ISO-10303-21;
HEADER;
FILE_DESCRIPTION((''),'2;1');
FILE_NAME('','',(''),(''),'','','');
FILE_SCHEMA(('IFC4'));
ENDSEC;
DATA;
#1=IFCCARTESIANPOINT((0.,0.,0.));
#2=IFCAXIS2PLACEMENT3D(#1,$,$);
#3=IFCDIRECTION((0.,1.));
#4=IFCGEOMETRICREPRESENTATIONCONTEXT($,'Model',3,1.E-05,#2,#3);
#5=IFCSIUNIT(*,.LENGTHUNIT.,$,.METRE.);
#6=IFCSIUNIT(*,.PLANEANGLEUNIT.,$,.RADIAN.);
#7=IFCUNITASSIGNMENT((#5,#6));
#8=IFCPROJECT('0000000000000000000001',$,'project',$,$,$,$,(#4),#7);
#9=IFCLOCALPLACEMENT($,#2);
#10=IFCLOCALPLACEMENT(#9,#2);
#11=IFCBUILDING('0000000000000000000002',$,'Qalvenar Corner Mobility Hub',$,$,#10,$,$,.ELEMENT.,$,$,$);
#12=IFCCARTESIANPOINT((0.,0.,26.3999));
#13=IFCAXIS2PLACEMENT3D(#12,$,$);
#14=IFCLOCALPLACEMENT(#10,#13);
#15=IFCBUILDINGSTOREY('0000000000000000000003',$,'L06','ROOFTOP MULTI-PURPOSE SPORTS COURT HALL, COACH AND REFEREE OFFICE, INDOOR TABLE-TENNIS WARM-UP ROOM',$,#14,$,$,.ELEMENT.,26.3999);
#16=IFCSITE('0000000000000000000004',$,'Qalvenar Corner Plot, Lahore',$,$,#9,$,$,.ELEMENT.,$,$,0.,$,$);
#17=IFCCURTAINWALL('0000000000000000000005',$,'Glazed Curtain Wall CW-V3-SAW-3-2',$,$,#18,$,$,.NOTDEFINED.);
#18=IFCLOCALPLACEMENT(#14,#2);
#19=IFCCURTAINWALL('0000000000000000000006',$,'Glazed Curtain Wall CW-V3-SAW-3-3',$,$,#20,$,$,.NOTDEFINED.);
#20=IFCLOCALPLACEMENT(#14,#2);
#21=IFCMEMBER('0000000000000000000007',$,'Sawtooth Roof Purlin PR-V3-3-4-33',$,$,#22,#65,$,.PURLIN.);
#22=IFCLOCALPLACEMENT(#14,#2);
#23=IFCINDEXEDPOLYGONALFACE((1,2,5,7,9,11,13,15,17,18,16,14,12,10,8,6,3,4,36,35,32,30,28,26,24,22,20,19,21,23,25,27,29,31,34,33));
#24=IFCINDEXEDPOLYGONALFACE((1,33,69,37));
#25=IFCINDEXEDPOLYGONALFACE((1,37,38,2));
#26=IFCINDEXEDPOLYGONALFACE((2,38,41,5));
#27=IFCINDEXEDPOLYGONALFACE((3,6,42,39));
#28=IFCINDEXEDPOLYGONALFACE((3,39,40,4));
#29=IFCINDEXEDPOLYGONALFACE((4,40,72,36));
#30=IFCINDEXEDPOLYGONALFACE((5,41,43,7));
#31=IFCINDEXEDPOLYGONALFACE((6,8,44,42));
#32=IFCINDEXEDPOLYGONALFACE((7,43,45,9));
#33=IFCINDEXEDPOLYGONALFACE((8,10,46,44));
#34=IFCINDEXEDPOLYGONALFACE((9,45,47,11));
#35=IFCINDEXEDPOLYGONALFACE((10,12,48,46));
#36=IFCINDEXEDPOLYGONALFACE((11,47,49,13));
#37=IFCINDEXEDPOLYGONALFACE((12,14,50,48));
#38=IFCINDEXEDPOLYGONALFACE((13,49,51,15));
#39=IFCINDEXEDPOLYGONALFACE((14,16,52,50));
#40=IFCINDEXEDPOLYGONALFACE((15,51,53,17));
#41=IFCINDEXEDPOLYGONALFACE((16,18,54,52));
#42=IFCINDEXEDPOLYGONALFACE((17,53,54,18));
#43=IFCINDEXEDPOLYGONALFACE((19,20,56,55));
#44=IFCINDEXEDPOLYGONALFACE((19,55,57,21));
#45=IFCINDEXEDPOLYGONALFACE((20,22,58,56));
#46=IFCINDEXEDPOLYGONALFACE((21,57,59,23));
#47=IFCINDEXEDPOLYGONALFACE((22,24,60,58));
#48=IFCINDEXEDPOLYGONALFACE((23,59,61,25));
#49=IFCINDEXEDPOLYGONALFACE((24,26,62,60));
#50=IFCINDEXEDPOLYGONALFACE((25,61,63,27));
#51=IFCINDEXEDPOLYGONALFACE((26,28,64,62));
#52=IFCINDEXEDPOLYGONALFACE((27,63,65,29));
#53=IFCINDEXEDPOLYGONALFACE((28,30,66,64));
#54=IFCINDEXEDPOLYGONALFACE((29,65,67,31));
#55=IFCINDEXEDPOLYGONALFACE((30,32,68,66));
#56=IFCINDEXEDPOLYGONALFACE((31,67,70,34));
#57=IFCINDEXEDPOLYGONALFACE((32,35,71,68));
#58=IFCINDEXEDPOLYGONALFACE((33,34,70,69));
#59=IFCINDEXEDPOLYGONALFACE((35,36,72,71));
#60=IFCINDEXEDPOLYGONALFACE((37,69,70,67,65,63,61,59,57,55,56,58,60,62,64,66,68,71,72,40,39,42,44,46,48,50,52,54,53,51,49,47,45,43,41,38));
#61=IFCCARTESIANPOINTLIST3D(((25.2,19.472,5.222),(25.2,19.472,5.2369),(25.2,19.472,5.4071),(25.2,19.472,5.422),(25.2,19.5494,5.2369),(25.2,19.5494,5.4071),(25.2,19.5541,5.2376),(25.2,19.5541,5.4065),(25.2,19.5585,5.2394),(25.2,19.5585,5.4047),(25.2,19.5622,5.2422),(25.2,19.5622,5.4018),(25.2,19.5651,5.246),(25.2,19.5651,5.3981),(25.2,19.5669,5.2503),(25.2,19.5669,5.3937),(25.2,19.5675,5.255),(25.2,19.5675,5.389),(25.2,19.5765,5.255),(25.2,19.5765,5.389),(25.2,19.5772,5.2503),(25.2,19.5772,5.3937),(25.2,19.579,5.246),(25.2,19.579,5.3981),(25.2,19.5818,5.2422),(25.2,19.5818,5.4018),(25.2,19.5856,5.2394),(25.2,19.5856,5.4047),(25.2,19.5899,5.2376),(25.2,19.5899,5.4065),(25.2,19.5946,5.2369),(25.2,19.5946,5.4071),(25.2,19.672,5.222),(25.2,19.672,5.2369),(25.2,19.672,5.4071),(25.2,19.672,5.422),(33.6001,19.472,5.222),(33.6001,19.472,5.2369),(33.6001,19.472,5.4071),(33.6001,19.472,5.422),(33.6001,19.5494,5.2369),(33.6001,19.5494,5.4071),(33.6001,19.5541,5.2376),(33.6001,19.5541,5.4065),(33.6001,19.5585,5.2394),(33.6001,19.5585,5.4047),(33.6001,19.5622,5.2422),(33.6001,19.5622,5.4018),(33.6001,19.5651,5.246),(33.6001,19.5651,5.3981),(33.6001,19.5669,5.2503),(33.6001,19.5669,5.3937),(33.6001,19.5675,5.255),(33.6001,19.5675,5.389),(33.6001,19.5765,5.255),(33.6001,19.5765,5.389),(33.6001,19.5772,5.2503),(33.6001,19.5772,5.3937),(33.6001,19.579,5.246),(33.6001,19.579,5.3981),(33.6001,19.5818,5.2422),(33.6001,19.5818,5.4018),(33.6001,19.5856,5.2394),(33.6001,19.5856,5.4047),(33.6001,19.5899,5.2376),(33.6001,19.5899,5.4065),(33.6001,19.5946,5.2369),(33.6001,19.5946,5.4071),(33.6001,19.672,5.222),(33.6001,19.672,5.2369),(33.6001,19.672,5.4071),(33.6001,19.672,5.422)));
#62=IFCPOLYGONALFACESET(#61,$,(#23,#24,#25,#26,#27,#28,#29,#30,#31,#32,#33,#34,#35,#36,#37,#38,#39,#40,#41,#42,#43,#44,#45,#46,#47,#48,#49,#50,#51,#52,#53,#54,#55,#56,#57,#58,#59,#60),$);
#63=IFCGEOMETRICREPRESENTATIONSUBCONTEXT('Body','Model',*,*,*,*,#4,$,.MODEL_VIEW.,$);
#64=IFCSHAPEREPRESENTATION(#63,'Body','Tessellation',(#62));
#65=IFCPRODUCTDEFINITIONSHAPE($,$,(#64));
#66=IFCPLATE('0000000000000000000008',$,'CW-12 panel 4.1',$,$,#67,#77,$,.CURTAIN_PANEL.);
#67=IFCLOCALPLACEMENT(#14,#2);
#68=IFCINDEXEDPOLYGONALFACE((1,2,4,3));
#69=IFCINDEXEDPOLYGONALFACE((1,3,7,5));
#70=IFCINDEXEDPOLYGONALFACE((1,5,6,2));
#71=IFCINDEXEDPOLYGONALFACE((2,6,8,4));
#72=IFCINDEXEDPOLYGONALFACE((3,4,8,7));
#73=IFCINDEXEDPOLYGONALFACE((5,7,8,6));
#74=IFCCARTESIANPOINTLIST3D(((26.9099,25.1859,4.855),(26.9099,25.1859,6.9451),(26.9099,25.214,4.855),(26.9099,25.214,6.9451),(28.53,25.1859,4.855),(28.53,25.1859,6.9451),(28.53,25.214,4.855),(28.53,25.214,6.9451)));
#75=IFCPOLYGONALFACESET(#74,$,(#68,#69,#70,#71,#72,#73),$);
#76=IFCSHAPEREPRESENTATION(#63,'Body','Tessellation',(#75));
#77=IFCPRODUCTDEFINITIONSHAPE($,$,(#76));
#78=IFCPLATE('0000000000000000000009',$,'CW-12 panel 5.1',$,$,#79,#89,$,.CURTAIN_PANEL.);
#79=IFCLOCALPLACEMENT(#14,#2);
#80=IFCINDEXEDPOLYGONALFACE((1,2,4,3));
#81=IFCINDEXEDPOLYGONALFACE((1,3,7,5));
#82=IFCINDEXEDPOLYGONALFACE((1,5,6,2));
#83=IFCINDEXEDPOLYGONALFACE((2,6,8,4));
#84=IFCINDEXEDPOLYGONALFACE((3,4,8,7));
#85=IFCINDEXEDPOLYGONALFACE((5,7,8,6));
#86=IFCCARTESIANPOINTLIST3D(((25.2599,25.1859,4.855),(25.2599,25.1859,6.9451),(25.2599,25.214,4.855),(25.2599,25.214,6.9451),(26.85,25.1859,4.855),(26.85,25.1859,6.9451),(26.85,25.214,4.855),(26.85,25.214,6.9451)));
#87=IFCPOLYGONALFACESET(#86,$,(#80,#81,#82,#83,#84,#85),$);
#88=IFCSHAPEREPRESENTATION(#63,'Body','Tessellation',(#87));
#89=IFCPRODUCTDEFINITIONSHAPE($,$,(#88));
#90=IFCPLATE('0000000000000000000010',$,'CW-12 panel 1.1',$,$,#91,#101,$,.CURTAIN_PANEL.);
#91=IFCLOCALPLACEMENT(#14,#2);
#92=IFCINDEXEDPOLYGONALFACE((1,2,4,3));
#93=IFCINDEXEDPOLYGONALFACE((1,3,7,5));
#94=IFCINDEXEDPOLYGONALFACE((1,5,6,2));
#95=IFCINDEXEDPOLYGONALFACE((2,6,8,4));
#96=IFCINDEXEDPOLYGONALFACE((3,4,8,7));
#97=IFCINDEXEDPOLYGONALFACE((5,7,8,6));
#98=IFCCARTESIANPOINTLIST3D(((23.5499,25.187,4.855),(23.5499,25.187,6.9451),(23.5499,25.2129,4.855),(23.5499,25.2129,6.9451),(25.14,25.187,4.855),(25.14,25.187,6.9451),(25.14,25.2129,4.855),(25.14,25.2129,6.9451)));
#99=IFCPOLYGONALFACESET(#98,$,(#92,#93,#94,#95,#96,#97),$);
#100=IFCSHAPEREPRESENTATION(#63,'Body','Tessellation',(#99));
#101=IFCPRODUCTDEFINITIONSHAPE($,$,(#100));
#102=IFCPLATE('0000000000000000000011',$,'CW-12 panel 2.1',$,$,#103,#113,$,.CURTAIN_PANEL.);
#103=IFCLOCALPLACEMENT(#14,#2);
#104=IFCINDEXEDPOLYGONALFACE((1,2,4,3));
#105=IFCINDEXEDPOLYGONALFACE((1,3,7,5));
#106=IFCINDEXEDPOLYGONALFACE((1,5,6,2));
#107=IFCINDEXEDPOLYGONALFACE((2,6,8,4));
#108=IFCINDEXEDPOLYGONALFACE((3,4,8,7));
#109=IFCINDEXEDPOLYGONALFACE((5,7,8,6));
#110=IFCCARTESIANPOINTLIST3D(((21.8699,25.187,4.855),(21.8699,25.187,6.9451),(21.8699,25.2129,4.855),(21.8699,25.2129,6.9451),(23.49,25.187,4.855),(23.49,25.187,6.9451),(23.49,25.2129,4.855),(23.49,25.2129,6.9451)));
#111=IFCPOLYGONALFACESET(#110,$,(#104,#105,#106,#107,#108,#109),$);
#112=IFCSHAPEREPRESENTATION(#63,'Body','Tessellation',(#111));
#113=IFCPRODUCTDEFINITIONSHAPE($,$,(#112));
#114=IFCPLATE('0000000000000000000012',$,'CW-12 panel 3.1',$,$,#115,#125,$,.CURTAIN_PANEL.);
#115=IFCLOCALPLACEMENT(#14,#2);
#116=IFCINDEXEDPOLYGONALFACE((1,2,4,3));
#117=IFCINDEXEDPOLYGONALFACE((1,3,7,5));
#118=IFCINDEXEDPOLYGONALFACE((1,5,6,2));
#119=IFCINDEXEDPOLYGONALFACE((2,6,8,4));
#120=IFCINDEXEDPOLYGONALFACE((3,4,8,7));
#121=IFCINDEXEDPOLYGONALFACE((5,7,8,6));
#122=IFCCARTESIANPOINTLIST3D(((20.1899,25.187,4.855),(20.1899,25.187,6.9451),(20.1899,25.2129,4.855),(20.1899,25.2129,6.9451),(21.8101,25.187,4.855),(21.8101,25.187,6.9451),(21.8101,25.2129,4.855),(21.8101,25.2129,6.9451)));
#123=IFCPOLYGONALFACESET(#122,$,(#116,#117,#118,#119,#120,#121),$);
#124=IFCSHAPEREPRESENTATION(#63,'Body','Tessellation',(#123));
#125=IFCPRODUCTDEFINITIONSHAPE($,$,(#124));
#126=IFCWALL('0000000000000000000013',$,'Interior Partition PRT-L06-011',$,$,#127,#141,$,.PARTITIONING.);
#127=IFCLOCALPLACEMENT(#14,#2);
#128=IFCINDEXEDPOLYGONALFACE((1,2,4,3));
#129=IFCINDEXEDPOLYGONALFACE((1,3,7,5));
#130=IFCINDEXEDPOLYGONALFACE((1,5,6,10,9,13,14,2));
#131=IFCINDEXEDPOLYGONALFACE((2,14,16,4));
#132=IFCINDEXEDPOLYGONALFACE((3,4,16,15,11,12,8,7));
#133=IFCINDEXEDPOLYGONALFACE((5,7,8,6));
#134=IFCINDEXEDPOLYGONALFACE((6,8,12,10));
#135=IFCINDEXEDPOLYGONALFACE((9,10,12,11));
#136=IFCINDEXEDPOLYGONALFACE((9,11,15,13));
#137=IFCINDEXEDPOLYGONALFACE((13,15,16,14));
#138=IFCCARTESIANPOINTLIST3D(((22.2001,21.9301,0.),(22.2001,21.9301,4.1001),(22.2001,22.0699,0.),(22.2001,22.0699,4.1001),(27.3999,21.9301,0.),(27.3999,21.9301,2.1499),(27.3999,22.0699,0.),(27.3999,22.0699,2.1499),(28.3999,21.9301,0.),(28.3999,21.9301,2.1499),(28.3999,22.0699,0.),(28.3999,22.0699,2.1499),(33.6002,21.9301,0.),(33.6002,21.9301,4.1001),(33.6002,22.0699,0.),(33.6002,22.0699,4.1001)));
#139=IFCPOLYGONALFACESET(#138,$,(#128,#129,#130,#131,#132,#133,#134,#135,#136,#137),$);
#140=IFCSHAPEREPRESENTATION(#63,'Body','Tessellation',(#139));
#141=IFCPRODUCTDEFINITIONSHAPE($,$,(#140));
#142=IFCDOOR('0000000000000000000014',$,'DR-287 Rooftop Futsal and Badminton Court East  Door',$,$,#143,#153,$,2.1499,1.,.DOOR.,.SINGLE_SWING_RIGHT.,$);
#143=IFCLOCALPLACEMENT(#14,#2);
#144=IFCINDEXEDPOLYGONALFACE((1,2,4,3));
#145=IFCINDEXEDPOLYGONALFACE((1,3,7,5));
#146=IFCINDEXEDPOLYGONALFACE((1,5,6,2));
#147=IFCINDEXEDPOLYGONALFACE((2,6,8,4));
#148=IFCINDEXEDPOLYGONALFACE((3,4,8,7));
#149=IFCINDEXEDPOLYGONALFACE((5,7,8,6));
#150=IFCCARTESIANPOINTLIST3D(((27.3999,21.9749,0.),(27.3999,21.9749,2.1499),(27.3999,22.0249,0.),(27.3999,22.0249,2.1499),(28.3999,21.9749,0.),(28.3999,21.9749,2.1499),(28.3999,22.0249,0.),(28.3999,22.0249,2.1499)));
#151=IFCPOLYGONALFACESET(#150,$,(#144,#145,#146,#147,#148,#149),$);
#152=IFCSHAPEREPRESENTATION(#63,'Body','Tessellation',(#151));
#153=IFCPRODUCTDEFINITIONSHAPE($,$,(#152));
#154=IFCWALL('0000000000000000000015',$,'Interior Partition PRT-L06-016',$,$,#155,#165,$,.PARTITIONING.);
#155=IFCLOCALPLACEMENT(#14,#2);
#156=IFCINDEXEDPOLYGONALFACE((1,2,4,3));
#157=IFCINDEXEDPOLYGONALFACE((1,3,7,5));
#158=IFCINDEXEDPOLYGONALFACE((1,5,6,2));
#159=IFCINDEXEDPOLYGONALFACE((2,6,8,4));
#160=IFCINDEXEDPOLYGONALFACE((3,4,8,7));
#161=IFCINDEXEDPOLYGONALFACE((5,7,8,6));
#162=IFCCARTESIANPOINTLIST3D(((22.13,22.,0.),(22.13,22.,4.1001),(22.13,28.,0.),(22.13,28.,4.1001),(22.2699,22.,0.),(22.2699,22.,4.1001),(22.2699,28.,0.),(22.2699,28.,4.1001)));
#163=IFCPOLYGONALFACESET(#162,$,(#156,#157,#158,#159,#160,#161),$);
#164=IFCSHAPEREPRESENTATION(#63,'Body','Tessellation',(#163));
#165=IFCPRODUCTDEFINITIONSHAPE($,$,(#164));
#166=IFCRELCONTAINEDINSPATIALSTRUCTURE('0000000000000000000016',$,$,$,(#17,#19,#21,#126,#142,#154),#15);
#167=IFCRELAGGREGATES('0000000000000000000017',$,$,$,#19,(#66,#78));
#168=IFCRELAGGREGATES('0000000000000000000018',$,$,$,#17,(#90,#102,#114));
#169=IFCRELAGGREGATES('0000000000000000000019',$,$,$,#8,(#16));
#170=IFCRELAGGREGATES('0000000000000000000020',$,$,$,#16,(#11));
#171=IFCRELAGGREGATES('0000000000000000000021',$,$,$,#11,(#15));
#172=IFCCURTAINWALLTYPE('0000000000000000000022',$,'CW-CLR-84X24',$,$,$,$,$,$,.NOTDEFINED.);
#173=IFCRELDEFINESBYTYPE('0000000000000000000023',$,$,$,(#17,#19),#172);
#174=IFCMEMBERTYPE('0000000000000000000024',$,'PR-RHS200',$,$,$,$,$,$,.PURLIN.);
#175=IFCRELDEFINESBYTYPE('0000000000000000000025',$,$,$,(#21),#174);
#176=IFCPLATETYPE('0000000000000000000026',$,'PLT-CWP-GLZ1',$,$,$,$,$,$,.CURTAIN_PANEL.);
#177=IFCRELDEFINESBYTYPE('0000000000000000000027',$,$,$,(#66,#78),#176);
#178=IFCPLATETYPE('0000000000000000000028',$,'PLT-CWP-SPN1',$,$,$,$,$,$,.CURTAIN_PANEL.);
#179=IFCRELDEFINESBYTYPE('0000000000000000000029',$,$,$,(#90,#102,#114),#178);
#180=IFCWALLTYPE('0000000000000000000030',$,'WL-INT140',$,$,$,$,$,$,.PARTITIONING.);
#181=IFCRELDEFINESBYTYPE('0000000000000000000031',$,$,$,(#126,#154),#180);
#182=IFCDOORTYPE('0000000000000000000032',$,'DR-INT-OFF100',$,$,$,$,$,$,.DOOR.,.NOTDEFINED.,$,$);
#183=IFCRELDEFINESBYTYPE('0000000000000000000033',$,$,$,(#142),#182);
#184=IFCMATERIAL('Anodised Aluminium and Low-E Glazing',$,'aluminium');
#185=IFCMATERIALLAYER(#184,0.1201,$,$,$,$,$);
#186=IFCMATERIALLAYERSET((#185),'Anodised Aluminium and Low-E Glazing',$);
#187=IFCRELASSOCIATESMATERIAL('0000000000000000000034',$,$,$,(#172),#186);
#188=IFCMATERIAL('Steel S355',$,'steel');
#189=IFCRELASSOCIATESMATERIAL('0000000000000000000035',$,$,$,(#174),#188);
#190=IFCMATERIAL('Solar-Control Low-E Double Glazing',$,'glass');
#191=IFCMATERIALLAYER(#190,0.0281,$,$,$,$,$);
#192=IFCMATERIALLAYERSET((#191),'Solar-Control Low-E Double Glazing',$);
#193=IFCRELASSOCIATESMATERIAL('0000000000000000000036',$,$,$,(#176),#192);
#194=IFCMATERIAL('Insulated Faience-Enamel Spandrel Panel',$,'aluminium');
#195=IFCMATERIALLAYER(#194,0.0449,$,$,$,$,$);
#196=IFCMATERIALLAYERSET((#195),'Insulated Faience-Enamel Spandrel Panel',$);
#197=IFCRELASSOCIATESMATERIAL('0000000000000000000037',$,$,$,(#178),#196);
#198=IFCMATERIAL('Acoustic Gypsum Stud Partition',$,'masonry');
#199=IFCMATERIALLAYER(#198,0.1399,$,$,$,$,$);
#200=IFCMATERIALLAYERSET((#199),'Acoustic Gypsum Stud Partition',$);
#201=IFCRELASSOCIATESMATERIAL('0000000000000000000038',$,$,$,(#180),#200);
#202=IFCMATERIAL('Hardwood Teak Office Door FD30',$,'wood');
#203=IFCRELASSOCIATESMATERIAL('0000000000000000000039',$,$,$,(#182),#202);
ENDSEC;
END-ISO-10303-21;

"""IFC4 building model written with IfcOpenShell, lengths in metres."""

from ifc_helpers import new_model, si_unit, direction, frame, frame_2d, origin, origin_2d, place, context, subcontext, project, spatial, rectangle, i_section, extrude, material, layer, layer_set, material_profile, profile_set, type_object, element, fill, aggregate, save


model = new_model("IFC4")

# Units and contexts
model_context = context("Model", 3, precision=1e-05, world=origin(), true_north=direction((0.0, 1.0)))
body_context = subcontext(model_context, "Body", "Model", "MODEL_VIEW")
ifc_project = project(units=[si_unit("LENGTHUNIT", "METRE"), si_unit("PLANEANGLEUNIT", "RADIAN")], contexts=[model_context])

# Site, building, storey
site_placement = place(None, origin())
site = spatial("IfcSite", under=ifc_project, at=site_placement, Name="Qalvenar Corner Plot, Lahore", CompositionType="ELEMENT", RefElevation=0.0)
building_placement = place(site_placement, origin())
building = spatial("IfcBuilding", under=site, at=building_placement, Name="Qalvenar Corner Mobility Hub", CompositionType="ELEMENT")
storey_placement = place(building_placement, frame((0.0, 0.0, 26.3999)))
storey = spatial("IfcBuildingStorey", under=building, at=storey_placement, Name="L06", Description="ROOFTOP MULTI-PURPOSE SPORTS COURT HALL, COACH AND REFEREE OFFICE, INDOOR TABLE-TENNIS WARM-UP ROOM", CompositionType="ELEMENT", Elevation=26.3999)

# Shared definitions
ifc_material_1 = material(Name="Steel S355", Category="steel")

# Curtain walls
ifc_material_2 = material(Name="Anodised Aluminium and Low-E Glazing", Category="aluminium")
ifc_layer_1 = layer(ifc_material_2, 0.1201)
ifc_layer_set_1 = layer_set([ifc_layer_1], Name="Anodised Aluminium and Low-E Glazing")
curtain_wall_type = type_object("IfcCurtainWallType", Name="CW-CLR-84X24", PredefinedType="NOTDEFINED", material=ifc_layer_set_1)
curtain_wall_1_placement = place(storey_placement, origin())
curtain_wall_1 = element("IfcCurtainWall", 1, at=curtain_wall_1_placement, inside=storey, type_object=curtain_wall_type, Name="Glazed Curtain Wall CW-V3-SAW-3-2", PredefinedType="NOTDEFINED")
curtain_wall_2_placement = place(storey_placement, origin())
curtain_wall_2 = element("IfcCurtainWall", 2, at=curtain_wall_2_placement, inside=storey, type_object=curtain_wall_type, Name="Glazed Curtain Wall CW-V3-SAW-3-3", PredefinedType="NOTDEFINED")

# Member
ifc_material_profile_1 = material_profile(ifc_material_1, i_section(OverallWidth=0.2, OverallDepth=0.2, WebThickness=0.009, FlangeThickness=0.0149, FilletRadius=0.0181, at=origin_2d()), Name="HEB200")
ifc_profile_set_1 = profile_set([ifc_material_profile_1], Name="Steel S355")
member_type_1 = type_object("IfcMemberType", Name="PR-RHS200", PredefinedType="PURLIN", material=ifc_profile_set_1)
member_1_placement = place(storey_placement, frame((25.2, 19.572, 5.322), z_axis=(1.0, 0.0, 0.0), x_axis=(0.0, 1.0, 0.0)))
element("IfcMember", 3, at=member_1_placement, inside=storey, type_object=member_type_1, Name="Sawtooth Roof Purlin PR-V3-3-4-33", PredefinedType="PURLIN", context=body_context, shape_type="SweptSolid", body=[
    extrude(i_section(OverallWidth=0.2, OverallDepth=0.2, WebThickness=0.009, FlangeThickness=0.0149, FilletRadius=0.0181, at=origin_2d()), origin(), (0.0, 0.0, 1.0), 8.4001),
])

# Plates
ifc_material_3 = material(Name="Solar-Control Low-E Double Glazing", Category="glass")
ifc_layer_2 = layer(ifc_material_3, 0.0281)
ifc_layer_set_2 = layer_set([ifc_layer_2], Name="Solar-Control Low-E Double Glazing")
plate_type_1 = type_object("IfcPlateType", Name="PLT-CWP-GLZ1", PredefinedType="CURTAIN_PANEL", material=ifc_layer_set_2)
plate_1_placement = place(storey_placement, frame((27.72, 25.2, 4.855), z_axis=(0.0, 0.0, 1.0), x_axis=(-1.0, 0.0, 0.0)))
plate_1 = element("IfcPlate", 4, at=plate_1_placement, type_object=plate_type_1, Name="CW-12 panel 4.1", PredefinedType="CURTAIN_PANEL", context=body_context, shape_type="SweptSolid", body=[
    extrude(rectangle(XDim=1.6201, YDim=0.0281, at=origin_2d()), origin(), (0.0, 0.0, 1.0), 2.0901),
])
plate_2_placement = place(storey_placement, frame((26.0549, 25.2, 4.855), z_axis=(0.0, 0.0, 1.0), x_axis=(-1.0, 0.0, 0.0)))
plate_2 = element("IfcPlate", 5, at=plate_2_placement, type_object=plate_type_1, Name="CW-12 panel 5.1", PredefinedType="CURTAIN_PANEL", context=body_context, shape_type="SweptSolid", body=[
    extrude(rectangle(XDim=1.5901, YDim=0.0281, at=origin_2d()), origin(), (0.0, 0.0, 1.0), 2.0901),
])
aggregate(curtain_wall_2, [plate_1, plate_2])
ifc_material_4 = material(Name="Insulated Faience-Enamel Spandrel Panel", Category="aluminium")
ifc_layer_3 = layer(ifc_material_4, 0.0449)
ifc_layer_set_3 = layer_set([ifc_layer_3], Name="Insulated Faience-Enamel Spandrel Panel")
plate_type_2 = type_object("IfcPlateType", Name="PLT-CWP-SPN1", PredefinedType="CURTAIN_PANEL", material=ifc_layer_set_3)
plate_3_placement = place(storey_placement, frame((24.345, 25.2, 4.855), z_axis=(0.0, 0.0, 1.0), x_axis=(-1.0, 0.0, 0.0)))
plate_3 = element("IfcPlate", 6, at=plate_3_placement, type_object=plate_type_2, Name="CW-12 panel 1.1", PredefinedType="CURTAIN_PANEL", context=body_context, shape_type="SweptSolid", body=[
    extrude(rectangle(XDim=1.5901, YDim=0.0259, at=origin_2d()), origin(), (0.0, 0.0, 1.0), 2.0901),
])
plate_4_placement = place(storey_placement, frame((22.6799, 25.2, 4.855), z_axis=(0.0, 0.0, 1.0), x_axis=(-1.0, 0.0, 0.0)))
plate_4 = element("IfcPlate", 7, at=plate_4_placement, type_object=plate_type_2, Name="CW-12 panel 2.1", PredefinedType="CURTAIN_PANEL", context=body_context, shape_type="SweptSolid", body=[
    extrude(rectangle(XDim=1.6201, YDim=0.0259, at=origin_2d()), origin(), (0.0, 0.0, 1.0), 2.0901),
])
plate_5_placement = place(storey_placement, frame((21.0, 25.2, 4.855), z_axis=(0.0, 0.0, 1.0), x_axis=(-1.0, 0.0, 0.0)))
plate_5 = element("IfcPlate", 8, at=plate_5_placement, type_object=plate_type_2, Name="CW-12 panel 3.1", PredefinedType="CURTAIN_PANEL", context=body_context, shape_type="SweptSolid", body=[
    extrude(rectangle(XDim=1.6201, YDim=0.0259, at=origin_2d()), origin(), (0.0, 0.0, 1.0), 2.0901),
])
aggregate(curtain_wall_1, [plate_3, plate_4, plate_5])

# Wall, opening, door
ifc_material_5 = material(Name="Acoustic Gypsum Stud Partition", Category="masonry")
ifc_layer_4 = layer(ifc_material_5, 0.1399)
ifc_layer_set_4 = layer_set([ifc_layer_4], Name="Acoustic Gypsum Stud Partition")
wall_type = type_object("IfcWallType", Name="WL-INT140", PredefinedType="PARTITIONING", material=ifc_layer_set_4)
wall_1_placement = place(storey_placement, frame((22.2, 22.0, 0.0), z_axis=(0.0, 0.0, 1.0), x_axis=(1.0, 0.0, 0.0)))
wall_1 = element("IfcWall", 9, at=wall_1_placement, inside=storey, type_object=wall_type, Name="Interior Partition PRT-L06-011", PredefinedType="PARTITIONING", context=body_context, shape_type="SweptSolid", body=[
    extrude(rectangle(XDim=11.4001, YDim=0.1399, at=frame_2d((5.7002, 0.0))), origin(), (0.0, 0.0, 1.0), 4.1001),
])
opening_placement = place(wall_1_placement, frame((5.2, 0.0, 0.0)))
opening = element("IfcOpeningElement", 10, at=opening_placement, cuts=wall_1, PredefinedType="OPENING", context=body_context, shape_type="SweptSolid", body=[
    extrude(rectangle(XDim=1.0, YDim=2.1499, at=frame_2d((0.5, 1.075))), frame((0.0, 0.0801, 0.0), z_axis=(0.0, -1.0, 0.0), x_axis=(1.0, 0.0, 0.0)), (0.0, 0.0, 1.0), 0.1599),
])
ifc_material_6 = material(Name="Hardwood Teak Office Door FD30", Category="wood")
door_type = type_object("IfcDoorType", Name="DR-INT-OFF100", OperationType="NOTDEFINED", PredefinedType="DOOR", material=ifc_material_6)
door_placement = place(opening_placement, origin())
door = element("IfcDoor", 11, at=door_placement, inside=storey, type_object=door_type, Name="DR-287 Rooftop Futsal and Badminton Court East  Door", OperationType="SINGLE_SWING_RIGHT", OverallHeight=2.1499, OverallWidth=1.0, PredefinedType="DOOR", context=body_context, shape_type="SweptSolid", body=[
    extrude(rectangle(XDim=1.0, YDim=2.1499, at=frame_2d((0.5, 1.075))), frame((0.0, 0.0249, 0.0), z_axis=(0.0, -1.0, 0.0), x_axis=(1.0, 0.0, 0.0)), (0.0, 0.0, 1.0), 0.05),
])
fill(opening, door)

# Wall
wall_2_placement = place(storey_placement, frame((22.2, 22.0, 0.0), z_axis=(0.0, 0.0, 1.0), x_axis=(0.0, 1.0, 0.0)))
element("IfcWall", 12, at=wall_2_placement, inside=storey, type_object=wall_type, Name="Interior Partition PRT-L06-016", PredefinedType="PARTITIONING", context=body_context, shape_type="SweptSolid", body=[
    extrude(rectangle(XDim=6.0, YDim=0.1399, at=frame_2d((3.0, 0.0))), origin(), (0.0, 0.0, 1.0), 4.1001),
])

save(model, "model.ifc")
